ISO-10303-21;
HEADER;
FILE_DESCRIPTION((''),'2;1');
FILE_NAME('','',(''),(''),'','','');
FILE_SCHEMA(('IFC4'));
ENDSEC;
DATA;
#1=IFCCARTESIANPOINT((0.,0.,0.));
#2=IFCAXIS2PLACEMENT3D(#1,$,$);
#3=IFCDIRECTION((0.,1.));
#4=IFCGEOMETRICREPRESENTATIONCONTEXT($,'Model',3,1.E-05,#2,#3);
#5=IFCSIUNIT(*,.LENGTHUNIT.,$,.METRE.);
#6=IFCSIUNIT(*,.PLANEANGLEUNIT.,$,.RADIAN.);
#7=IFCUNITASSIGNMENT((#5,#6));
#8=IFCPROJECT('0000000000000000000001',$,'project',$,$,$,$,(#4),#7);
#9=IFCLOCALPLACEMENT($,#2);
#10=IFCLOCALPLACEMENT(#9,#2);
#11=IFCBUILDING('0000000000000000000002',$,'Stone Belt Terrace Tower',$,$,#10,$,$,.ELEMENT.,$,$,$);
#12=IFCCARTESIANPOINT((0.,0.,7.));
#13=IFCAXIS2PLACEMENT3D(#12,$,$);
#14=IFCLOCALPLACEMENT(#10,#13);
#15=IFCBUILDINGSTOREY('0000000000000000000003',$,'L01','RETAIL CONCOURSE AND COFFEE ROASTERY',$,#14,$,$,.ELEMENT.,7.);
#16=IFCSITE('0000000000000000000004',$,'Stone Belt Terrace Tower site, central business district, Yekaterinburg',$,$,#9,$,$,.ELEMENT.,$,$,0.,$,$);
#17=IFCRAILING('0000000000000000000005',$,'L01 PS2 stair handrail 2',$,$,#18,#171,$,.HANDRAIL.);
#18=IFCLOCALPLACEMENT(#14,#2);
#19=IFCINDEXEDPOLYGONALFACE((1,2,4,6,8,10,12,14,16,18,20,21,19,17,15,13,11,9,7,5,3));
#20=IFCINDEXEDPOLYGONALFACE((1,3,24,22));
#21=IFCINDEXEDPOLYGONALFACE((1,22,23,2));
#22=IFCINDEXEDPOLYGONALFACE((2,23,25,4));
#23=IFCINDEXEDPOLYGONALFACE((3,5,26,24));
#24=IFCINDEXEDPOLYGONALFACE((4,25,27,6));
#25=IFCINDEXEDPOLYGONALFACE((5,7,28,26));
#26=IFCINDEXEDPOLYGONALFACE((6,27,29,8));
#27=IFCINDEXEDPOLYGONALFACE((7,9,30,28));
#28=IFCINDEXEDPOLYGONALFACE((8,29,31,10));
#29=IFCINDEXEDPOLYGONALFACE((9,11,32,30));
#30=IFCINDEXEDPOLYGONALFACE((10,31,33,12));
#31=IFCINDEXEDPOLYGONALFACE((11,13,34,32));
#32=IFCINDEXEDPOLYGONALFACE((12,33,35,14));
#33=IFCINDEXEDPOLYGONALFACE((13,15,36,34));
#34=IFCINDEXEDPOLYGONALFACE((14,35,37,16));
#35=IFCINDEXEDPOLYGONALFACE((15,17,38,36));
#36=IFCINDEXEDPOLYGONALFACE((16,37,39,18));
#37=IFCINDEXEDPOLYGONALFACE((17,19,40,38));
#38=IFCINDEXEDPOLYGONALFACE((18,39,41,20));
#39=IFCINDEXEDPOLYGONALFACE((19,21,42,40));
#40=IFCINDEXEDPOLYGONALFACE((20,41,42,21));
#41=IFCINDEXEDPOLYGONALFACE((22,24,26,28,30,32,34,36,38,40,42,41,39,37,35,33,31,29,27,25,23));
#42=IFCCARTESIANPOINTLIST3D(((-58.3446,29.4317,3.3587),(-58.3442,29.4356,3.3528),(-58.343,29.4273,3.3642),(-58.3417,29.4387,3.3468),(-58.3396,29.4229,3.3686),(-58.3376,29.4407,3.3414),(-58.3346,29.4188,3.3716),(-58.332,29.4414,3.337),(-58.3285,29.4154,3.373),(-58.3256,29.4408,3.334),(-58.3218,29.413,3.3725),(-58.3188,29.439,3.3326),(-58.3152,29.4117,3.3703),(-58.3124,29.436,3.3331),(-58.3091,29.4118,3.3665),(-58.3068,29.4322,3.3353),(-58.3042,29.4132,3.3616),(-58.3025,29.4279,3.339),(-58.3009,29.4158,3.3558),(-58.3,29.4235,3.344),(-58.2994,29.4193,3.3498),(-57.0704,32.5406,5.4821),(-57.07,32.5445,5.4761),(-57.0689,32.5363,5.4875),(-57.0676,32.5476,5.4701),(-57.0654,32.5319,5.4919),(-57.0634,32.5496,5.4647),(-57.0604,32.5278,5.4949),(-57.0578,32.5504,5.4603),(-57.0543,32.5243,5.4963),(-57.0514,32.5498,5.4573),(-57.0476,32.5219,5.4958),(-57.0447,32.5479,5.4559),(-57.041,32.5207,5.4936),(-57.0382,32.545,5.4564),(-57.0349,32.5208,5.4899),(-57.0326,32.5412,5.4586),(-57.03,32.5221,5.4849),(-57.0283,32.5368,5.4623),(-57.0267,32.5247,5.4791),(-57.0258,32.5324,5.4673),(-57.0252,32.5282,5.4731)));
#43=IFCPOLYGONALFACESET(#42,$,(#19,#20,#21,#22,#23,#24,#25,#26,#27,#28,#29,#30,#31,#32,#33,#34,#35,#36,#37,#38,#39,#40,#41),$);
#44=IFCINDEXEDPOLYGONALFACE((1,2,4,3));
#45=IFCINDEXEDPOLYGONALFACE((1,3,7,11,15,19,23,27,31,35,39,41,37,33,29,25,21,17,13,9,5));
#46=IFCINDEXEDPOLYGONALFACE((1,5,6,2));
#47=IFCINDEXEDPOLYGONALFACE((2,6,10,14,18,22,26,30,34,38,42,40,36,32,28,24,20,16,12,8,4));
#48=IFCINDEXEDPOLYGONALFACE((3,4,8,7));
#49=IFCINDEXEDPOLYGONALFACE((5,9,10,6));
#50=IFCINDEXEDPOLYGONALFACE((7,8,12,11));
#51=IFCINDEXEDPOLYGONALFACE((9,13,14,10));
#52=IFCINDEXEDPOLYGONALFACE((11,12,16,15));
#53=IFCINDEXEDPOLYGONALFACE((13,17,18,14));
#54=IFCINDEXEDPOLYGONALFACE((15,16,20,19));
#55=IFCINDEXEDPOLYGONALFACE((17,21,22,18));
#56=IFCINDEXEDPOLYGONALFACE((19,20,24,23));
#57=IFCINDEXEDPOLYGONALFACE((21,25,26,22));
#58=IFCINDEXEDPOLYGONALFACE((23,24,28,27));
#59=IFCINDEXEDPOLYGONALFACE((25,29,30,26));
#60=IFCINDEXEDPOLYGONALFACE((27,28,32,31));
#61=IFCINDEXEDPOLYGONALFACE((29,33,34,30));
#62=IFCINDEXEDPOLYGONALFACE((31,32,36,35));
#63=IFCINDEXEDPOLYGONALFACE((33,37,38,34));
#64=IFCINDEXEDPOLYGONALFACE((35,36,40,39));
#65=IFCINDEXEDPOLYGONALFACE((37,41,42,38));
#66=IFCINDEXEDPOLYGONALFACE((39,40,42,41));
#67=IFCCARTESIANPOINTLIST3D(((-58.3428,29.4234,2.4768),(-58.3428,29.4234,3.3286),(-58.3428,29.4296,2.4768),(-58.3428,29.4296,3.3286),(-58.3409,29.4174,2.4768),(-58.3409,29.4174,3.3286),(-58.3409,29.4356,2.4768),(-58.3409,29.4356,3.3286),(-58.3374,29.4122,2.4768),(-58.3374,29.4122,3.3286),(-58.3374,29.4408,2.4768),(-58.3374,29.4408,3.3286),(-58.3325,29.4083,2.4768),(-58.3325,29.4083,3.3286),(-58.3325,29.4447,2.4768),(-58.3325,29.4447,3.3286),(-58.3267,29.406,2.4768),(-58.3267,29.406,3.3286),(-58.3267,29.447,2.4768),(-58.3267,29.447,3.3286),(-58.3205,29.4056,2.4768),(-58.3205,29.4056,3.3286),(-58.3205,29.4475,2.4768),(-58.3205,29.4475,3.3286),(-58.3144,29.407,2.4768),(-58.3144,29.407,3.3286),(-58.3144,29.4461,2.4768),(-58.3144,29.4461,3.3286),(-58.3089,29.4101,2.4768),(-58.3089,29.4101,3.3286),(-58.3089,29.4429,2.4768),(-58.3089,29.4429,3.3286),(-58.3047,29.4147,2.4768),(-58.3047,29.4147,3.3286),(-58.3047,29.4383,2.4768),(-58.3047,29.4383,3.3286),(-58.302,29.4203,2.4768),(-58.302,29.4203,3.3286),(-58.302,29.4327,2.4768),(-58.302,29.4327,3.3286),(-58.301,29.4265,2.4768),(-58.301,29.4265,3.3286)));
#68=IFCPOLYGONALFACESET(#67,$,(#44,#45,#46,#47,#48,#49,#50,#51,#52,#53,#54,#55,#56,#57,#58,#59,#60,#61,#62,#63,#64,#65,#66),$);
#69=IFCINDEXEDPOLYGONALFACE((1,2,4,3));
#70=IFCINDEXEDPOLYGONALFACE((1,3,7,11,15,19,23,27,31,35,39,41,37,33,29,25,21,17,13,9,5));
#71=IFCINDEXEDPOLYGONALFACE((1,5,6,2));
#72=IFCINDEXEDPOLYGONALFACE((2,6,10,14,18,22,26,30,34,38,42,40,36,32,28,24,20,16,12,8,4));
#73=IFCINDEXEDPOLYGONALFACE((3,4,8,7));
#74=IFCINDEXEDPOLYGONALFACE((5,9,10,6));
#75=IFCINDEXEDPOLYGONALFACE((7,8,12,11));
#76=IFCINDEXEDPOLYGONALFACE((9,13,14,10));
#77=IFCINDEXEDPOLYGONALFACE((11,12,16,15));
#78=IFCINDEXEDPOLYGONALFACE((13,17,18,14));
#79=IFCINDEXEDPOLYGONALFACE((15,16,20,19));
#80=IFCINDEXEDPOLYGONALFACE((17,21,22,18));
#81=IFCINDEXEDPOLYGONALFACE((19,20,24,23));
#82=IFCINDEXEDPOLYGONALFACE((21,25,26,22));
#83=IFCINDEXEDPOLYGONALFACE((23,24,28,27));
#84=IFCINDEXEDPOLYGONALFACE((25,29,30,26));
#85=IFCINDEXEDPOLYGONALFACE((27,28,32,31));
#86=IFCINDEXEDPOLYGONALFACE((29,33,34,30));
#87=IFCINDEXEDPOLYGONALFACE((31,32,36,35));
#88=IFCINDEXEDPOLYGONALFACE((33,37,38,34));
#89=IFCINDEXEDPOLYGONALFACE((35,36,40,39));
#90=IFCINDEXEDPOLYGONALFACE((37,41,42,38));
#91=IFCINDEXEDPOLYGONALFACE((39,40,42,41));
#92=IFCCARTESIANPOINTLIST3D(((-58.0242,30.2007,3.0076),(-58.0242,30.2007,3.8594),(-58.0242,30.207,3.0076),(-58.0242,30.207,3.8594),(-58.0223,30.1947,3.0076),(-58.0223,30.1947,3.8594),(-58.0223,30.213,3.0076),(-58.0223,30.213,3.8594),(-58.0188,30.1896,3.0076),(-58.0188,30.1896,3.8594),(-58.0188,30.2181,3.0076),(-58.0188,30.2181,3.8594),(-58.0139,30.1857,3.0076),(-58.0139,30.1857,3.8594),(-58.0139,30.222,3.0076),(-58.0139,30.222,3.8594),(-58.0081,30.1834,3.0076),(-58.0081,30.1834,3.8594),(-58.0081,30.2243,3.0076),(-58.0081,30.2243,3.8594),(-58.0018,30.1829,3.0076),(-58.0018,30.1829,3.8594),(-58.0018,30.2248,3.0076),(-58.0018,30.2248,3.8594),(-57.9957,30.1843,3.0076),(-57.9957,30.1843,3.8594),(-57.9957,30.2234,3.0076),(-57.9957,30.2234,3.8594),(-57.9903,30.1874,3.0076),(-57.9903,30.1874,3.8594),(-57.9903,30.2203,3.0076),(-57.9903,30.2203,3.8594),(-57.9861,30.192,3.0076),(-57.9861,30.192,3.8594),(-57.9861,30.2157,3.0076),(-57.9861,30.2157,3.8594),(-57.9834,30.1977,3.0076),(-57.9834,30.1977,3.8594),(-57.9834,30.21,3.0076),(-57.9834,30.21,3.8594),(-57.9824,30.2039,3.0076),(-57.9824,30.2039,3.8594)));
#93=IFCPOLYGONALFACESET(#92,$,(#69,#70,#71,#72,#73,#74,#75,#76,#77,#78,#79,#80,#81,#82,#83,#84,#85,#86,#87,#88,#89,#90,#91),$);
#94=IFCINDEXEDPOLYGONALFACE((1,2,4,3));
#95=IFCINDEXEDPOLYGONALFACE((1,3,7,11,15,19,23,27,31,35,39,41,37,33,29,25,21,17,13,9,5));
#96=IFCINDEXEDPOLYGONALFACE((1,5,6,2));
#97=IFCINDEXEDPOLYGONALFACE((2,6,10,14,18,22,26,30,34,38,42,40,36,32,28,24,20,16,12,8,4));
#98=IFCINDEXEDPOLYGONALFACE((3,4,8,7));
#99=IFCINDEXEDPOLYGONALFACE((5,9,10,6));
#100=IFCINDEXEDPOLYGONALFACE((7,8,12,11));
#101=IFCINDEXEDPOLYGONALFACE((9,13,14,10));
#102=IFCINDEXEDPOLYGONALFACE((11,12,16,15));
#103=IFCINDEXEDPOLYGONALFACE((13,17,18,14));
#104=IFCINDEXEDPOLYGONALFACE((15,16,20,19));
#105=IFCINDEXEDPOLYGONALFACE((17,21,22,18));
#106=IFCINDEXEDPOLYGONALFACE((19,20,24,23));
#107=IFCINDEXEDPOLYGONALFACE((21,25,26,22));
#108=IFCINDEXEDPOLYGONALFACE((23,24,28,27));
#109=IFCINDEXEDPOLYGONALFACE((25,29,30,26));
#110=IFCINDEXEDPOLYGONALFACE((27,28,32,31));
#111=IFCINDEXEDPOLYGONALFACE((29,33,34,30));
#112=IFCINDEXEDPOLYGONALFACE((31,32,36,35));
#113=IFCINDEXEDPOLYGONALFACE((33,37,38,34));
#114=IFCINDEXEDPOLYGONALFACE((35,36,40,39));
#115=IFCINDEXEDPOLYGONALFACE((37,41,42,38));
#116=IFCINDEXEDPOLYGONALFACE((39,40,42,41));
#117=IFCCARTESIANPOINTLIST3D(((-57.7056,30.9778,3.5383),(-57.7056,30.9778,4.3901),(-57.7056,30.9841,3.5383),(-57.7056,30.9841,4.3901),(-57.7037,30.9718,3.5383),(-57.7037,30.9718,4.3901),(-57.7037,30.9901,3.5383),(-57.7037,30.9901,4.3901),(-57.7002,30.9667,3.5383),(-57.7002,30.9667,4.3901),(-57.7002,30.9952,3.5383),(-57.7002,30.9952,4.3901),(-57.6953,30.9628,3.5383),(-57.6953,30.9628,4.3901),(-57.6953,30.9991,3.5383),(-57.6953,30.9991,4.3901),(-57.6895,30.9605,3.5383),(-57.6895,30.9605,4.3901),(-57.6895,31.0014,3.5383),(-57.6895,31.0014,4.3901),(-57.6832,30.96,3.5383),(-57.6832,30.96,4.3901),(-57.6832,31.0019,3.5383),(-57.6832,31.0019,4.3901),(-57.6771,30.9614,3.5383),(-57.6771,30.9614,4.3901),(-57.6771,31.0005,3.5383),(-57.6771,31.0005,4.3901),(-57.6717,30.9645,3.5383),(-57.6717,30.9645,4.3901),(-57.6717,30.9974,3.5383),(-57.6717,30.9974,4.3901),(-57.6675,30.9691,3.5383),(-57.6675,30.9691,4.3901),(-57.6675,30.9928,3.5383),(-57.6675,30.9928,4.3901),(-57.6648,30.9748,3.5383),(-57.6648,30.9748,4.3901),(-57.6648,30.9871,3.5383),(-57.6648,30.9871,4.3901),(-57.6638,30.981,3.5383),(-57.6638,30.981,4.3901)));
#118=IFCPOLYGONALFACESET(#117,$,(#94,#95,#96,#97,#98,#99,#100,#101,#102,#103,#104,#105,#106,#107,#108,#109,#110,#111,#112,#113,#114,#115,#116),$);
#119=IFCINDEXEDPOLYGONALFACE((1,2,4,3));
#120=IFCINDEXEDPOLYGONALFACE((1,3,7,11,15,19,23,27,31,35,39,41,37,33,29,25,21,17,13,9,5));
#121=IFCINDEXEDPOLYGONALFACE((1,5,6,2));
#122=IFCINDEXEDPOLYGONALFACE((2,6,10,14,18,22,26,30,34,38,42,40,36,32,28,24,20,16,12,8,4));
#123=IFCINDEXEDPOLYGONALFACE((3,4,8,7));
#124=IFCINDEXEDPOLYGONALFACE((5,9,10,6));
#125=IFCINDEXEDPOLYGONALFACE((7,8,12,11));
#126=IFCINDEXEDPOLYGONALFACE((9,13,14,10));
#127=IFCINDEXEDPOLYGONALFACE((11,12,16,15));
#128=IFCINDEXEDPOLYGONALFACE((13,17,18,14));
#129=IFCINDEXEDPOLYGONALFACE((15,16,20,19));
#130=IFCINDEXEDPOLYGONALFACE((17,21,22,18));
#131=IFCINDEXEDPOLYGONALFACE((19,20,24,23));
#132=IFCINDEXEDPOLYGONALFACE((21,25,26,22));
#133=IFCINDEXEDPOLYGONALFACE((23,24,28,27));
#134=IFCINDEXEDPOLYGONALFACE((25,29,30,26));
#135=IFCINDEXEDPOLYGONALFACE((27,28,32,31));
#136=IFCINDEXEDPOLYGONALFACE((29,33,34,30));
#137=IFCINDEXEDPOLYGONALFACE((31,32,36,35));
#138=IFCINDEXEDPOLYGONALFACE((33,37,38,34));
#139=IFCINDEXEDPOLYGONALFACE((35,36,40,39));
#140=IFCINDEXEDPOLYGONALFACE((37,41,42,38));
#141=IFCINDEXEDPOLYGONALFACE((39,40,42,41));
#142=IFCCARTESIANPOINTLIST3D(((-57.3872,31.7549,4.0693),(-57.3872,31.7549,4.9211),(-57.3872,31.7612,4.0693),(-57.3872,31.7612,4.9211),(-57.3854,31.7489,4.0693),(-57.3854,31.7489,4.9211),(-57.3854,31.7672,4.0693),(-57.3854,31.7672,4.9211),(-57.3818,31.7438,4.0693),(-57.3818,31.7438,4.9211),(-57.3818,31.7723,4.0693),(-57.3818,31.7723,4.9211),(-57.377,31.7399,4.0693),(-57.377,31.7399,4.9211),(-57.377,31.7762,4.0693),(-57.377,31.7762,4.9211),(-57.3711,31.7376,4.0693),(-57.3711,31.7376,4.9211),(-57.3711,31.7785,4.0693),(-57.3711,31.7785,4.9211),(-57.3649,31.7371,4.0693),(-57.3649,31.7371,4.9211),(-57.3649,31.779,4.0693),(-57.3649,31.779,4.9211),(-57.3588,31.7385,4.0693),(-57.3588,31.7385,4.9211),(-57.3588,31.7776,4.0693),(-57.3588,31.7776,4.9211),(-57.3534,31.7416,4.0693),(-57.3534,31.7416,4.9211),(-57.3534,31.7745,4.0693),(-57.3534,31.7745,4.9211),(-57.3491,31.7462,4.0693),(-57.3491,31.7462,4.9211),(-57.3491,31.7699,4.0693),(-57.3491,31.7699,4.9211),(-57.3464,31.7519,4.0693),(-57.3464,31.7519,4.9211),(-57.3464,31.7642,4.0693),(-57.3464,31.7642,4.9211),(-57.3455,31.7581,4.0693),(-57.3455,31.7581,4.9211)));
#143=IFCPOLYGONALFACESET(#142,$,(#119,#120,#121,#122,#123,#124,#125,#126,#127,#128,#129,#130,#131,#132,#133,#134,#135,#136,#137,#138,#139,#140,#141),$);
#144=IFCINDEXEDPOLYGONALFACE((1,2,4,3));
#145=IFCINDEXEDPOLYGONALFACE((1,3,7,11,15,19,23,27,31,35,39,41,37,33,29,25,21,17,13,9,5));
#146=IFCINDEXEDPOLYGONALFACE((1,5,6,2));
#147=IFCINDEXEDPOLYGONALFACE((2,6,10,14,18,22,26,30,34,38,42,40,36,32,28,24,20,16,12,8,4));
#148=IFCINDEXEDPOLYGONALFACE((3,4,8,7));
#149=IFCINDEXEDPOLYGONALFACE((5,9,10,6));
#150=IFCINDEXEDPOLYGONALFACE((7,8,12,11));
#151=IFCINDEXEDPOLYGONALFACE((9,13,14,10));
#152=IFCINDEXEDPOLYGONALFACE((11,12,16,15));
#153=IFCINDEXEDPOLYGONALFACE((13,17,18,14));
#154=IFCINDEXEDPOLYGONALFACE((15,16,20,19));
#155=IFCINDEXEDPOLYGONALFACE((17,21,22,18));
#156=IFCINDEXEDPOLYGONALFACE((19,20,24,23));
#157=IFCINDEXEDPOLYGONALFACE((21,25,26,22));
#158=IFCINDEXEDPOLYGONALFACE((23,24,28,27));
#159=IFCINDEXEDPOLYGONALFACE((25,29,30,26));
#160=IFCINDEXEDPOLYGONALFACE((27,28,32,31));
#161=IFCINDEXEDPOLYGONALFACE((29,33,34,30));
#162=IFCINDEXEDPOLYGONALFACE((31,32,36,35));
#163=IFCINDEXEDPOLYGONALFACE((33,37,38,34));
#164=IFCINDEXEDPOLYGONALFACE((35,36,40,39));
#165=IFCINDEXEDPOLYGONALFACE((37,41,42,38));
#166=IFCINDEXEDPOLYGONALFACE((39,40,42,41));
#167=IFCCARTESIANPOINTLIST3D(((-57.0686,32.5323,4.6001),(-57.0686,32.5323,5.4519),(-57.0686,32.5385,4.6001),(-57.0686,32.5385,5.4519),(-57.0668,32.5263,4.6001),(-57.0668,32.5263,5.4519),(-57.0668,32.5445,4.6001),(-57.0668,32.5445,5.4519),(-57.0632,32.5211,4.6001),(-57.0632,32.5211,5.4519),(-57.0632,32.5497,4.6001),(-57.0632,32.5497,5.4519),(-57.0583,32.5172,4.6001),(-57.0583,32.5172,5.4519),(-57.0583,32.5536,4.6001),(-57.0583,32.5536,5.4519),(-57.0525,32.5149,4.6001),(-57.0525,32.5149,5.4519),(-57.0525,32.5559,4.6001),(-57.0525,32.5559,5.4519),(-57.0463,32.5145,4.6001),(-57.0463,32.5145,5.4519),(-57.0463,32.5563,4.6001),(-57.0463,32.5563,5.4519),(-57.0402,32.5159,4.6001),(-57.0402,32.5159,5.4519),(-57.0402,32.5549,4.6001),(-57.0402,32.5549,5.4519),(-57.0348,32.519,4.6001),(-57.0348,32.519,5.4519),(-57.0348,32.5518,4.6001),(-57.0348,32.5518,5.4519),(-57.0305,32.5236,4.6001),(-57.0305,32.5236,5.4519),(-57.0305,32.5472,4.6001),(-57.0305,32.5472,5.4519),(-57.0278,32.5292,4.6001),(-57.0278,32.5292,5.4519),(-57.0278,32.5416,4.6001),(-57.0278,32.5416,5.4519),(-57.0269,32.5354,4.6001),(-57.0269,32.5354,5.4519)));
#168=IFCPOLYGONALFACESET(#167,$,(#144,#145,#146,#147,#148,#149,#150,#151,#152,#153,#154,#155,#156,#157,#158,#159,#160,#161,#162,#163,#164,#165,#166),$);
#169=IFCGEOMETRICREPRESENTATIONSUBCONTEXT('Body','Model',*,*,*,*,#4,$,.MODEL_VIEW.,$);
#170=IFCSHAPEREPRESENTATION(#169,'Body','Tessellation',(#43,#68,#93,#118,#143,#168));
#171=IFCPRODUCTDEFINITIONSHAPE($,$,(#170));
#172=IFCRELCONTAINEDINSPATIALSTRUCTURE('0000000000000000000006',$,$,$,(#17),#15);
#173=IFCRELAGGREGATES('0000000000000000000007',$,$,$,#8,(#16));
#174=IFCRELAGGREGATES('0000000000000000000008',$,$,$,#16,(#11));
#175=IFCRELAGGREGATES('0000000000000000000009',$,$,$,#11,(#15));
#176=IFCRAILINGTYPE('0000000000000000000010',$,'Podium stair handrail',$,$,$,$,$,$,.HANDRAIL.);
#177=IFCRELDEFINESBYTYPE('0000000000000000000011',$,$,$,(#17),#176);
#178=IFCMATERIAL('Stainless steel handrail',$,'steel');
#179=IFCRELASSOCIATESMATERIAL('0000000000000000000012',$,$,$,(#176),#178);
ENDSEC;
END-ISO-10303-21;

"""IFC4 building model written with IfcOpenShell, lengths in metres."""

from ifc_helpers import new_model, si_unit, direction, frame, origin, origin_2d, place, context, subcontext, project, spatial, circle, extrude, material, type_object, element, save


model = new_model("IFC4")

# Units and contexts
model_context = context("Model", 3, precision=1e-05, world=origin(), true_north=direction((0.0, 1.0)))
body_context = subcontext(model_context, "Body", "Model", "MODEL_VIEW")
ifc_project = project(units=[si_unit("LENGTHUNIT", "METRE"), si_unit("PLANEANGLEUNIT", "RADIAN")], contexts=[model_context])

# Site, building, storey
site_placement = place(None, origin())
site = spatial("IfcSite", under=ifc_project, at=site_placement, Name="Stone Belt Terrace Tower site, central business district, Yekaterinburg", CompositionType="ELEMENT", RefElevation=0.0)
building_placement = place(site_placement, origin())
building = spatial("IfcBuilding", under=site, at=building_placement, Name="Stone Belt Terrace Tower", CompositionType="ELEMENT")
storey_placement = place(building_placement, frame((0.0, 0.0, 7.0)))
storey = spatial("IfcBuildingStorey", under=building, at=storey_placement, Name="L01", Description="RETAIL CONCOURSE AND COFFEE ROASTERY", CompositionType="ELEMENT", Elevation=7.0)

# Railing
ifc_material_1 = material(Name="Stainless steel handrail", Category="steel")
railing_type_1 = type_object("IfcRailingType", Name="Podium stair handrail", PredefinedType="HANDRAIL", material=ifc_material_1)
railing_1_placement = place(storey_placement, frame((-58.322, 29.4265, 2.4768)))
element("IfcRailing", 1, at=railing_1_placement, inside=storey, type_object=railing_type_1, Name="L01 PS2 stair handrail 2", PredefinedType="HANDRAIL", context=body_context, shape_type="SweptSolid", body=[
    extrude(circle(Radius=0.0239, at=origin_2d()), frame((0.0, 0.0, 0.876), z_axis=(0.320582, 0.782198, 0.534222), x_axis=(-0.925301, 0.379233, 0.0)), (0.0, 0.0, 1.0), 3.9746),
    extrude(circle(Radius=0.021, at=origin_2d()), origin(), (0.0, 0.0, 1.0), 0.8518),
    extrude(circle(Radius=0.021, at=origin_2d()), frame((0.3186, 0.7773, 0.5308)), (0.0, 0.0, 1.0), 0.8518),
    extrude(circle(Radius=0.021, at=origin_2d()), frame((0.6372, 1.5544, 1.0615)), (0.0, 0.0, 1.0), 0.8518),
    extrude(circle(Radius=0.021, at=origin_2d()), frame((0.9556, 2.3315, 1.5925)), (0.0, 0.0, 1.0), 0.8518),
    extrude(circle(Radius=0.021, at=origin_2d()), frame((1.2742, 3.1089, 2.1233)), (0.0, 0.0, 1.0), 0.8518),
])

save(model, "model.ifc")
